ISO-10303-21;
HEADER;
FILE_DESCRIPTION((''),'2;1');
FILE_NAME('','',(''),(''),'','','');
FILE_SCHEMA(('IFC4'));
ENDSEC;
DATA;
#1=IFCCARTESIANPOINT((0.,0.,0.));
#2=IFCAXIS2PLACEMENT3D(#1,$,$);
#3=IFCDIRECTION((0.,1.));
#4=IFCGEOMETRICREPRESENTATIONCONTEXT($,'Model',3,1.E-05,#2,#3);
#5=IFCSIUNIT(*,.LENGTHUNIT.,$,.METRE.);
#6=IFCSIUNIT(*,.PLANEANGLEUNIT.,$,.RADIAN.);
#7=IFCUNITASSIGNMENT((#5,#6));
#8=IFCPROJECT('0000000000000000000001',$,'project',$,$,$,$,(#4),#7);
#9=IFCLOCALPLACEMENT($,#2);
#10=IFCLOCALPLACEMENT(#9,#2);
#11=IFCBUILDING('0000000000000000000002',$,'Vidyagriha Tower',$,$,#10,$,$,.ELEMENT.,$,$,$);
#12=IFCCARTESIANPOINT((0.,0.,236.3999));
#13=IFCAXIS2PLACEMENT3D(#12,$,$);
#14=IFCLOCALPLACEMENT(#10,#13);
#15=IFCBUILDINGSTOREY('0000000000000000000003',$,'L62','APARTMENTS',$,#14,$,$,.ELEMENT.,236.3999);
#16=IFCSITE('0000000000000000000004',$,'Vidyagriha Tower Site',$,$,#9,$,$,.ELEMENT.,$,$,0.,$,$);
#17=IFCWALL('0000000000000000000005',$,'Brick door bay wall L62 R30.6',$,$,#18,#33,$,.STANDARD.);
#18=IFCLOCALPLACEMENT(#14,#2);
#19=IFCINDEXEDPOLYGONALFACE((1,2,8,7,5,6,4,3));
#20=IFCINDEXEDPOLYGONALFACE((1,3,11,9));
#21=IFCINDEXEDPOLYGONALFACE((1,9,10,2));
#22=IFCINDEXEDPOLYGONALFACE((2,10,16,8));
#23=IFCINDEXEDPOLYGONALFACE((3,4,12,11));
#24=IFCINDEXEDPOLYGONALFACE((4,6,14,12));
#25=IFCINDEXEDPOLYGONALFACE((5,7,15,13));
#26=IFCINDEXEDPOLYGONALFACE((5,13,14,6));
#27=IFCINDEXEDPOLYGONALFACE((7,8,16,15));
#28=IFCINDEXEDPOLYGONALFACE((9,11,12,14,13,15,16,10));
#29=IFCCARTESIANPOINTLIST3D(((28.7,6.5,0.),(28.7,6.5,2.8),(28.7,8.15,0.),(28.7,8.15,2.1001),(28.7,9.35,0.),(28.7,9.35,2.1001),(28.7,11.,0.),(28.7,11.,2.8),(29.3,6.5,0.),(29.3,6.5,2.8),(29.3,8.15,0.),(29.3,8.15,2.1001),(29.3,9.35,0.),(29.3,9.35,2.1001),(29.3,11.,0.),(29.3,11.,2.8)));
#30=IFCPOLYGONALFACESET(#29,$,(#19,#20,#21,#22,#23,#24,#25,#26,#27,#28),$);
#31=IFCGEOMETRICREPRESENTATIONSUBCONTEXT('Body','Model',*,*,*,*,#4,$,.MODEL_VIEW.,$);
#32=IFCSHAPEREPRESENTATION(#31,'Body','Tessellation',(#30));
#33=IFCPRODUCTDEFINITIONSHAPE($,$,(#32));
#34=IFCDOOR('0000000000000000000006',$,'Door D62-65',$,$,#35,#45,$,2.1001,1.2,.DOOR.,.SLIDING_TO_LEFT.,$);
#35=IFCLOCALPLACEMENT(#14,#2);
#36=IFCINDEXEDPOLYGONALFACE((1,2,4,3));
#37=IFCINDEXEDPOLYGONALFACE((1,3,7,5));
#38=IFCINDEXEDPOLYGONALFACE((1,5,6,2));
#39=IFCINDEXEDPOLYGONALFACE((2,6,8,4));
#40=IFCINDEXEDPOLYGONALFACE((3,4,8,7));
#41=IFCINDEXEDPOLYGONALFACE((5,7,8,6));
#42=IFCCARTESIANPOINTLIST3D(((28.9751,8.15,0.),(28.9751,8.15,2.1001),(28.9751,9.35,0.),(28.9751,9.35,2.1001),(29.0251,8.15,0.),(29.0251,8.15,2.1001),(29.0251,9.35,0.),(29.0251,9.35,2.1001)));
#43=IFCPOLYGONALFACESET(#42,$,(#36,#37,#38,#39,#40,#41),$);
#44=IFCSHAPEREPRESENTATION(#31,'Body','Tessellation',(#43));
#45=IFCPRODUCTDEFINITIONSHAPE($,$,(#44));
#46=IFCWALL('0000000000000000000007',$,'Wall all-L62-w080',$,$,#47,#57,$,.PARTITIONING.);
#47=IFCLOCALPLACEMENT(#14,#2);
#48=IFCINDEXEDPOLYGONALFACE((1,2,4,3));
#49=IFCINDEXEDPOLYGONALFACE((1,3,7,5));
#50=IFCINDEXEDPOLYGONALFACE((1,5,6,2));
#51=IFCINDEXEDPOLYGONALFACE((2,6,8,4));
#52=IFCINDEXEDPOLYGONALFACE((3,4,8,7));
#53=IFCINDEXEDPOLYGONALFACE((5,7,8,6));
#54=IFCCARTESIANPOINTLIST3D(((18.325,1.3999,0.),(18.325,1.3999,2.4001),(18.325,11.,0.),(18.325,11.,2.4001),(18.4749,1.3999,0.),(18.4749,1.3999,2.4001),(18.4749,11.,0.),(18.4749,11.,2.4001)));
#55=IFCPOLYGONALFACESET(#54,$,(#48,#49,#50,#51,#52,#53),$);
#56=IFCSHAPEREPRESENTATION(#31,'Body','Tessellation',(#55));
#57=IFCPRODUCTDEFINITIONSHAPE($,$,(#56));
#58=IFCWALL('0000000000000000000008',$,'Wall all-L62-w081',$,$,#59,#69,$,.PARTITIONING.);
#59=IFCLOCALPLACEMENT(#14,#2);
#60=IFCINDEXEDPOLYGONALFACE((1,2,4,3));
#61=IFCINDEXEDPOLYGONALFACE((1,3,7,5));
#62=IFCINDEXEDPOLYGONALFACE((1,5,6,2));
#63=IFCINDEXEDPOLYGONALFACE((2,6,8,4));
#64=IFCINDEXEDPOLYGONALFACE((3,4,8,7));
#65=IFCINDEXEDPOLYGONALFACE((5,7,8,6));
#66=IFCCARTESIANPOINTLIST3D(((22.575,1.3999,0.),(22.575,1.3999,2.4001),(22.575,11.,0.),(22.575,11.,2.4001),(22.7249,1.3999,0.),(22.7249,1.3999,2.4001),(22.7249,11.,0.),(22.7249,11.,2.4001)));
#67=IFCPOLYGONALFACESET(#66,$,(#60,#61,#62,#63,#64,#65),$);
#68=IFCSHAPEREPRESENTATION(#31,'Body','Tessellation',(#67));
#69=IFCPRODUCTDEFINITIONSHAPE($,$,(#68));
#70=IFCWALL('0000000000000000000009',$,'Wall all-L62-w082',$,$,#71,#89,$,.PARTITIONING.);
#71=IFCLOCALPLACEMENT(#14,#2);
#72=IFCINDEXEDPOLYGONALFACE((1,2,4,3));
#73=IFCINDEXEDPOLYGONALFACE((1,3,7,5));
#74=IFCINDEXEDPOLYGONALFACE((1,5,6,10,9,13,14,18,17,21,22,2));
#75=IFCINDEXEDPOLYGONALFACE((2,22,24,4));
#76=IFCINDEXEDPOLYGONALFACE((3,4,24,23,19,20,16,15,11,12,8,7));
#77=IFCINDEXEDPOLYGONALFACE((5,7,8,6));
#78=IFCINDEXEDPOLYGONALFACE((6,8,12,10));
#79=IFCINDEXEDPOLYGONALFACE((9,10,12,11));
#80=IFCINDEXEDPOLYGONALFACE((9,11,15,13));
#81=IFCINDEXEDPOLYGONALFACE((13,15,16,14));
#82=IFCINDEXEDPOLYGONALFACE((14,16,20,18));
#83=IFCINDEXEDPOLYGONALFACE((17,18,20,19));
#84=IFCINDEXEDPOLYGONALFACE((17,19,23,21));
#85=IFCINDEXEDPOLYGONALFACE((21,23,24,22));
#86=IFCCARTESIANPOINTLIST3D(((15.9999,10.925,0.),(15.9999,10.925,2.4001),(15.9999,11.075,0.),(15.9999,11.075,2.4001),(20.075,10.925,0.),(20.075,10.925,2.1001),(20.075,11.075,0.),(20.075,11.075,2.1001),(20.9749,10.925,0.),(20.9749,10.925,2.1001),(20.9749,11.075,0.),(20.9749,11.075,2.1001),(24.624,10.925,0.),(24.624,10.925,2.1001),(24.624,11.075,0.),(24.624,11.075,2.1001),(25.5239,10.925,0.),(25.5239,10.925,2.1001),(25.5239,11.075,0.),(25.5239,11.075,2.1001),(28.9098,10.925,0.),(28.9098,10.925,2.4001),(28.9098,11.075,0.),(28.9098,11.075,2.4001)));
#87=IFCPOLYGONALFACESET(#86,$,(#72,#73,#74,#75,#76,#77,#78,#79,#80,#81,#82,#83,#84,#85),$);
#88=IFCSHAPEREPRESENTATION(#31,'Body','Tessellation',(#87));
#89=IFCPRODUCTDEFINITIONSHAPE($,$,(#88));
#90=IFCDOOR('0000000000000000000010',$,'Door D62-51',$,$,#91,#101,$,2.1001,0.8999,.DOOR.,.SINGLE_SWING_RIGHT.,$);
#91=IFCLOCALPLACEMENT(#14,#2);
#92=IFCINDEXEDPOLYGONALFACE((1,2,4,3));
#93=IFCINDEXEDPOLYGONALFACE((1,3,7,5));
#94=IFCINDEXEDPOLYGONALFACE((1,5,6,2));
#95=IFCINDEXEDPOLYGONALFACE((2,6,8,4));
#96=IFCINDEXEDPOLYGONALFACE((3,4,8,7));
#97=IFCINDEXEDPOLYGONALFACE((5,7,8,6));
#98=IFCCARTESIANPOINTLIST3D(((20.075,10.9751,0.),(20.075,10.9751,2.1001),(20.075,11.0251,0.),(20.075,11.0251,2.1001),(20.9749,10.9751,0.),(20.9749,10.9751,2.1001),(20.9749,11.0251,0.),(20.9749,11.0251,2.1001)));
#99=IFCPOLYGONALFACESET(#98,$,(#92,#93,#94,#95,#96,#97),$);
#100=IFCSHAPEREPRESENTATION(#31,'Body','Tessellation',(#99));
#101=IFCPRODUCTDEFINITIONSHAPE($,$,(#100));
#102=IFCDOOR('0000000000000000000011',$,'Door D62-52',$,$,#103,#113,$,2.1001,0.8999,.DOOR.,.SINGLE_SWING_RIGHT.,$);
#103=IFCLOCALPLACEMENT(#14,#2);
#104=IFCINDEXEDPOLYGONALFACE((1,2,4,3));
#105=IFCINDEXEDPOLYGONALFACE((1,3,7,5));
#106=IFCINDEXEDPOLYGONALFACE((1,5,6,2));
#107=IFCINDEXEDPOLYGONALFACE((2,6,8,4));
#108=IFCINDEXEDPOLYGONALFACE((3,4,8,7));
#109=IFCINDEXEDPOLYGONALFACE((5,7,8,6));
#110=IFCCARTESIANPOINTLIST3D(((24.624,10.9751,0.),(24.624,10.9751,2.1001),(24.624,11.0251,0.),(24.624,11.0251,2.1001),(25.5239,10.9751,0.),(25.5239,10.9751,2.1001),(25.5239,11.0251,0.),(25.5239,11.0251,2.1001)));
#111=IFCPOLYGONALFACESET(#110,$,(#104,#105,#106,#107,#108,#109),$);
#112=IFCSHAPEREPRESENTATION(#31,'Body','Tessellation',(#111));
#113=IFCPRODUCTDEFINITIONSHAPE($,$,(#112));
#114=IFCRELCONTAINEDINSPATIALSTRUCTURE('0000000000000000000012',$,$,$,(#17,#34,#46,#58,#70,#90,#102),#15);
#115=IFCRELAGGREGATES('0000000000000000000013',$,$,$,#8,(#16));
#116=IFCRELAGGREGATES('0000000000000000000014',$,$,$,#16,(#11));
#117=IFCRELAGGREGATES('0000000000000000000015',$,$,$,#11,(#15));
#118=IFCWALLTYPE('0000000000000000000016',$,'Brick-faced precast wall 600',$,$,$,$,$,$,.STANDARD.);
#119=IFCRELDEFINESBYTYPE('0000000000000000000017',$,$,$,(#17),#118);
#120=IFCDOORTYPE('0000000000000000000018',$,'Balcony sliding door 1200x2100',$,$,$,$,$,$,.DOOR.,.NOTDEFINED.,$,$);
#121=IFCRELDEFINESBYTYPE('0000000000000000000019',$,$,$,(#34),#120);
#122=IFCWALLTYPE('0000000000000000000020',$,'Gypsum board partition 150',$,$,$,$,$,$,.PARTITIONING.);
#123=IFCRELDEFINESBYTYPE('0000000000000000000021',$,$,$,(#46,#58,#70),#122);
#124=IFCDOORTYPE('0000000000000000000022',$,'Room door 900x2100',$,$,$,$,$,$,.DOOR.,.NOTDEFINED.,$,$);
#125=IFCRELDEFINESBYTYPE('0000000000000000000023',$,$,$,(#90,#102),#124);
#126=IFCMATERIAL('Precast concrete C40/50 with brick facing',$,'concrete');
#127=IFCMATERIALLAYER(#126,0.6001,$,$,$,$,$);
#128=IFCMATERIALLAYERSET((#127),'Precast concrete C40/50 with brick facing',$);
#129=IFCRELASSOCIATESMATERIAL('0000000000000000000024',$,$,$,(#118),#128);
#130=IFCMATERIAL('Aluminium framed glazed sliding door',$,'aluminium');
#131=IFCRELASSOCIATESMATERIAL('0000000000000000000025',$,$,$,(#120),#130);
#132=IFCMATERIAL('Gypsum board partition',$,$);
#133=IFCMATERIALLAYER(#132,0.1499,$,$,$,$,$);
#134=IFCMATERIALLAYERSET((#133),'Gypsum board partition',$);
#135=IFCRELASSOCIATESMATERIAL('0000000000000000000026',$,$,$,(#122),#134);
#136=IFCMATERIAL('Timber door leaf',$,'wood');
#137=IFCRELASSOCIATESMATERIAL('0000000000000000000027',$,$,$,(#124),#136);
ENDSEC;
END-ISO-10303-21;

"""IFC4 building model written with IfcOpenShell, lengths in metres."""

from ifc_helpers import new_model, si_unit, direction, frame, frame_2d, origin, place, context, subcontext, project, spatial, rectangle, extrude, material, layer, layer_set, type_object, element, fill, save


model = new_model("IFC4")

# Units and contexts
model_context = context("Model", 3, precision=1e-05, world=origin(), true_north=direction((0.0, 1.0)))
body_context = subcontext(model_context, "Body", "Model", "MODEL_VIEW")
ifc_project = project(units=[si_unit("LENGTHUNIT", "METRE"), si_unit("PLANEANGLEUNIT", "RADIAN")], contexts=[model_context])

# Site, building, storey
site_placement = place(None, origin())
site = spatial("IfcSite", under=ifc_project, at=site_placement, Name="Vidyagriha Tower Site", CompositionType="ELEMENT", RefElevation=0.0)
building_placement = place(site_placement, origin())
building = spatial("IfcBuilding", under=site, at=building_placement, Name="Vidyagriha Tower", CompositionType="ELEMENT")
storey_placement = place(building_placement, frame((0.0, 0.0, 236.3999)))
storey = spatial("IfcBuildingStorey", under=building, at=storey_placement, Name="L62", Description="APARTMENTS", CompositionType="ELEMENT", Elevation=236.3999)

# Wall, opening, door
ifc_material_1 = material(Name="Precast concrete C40/50 with brick facing", Category="concrete")
ifc_layer_1 = layer(ifc_material_1, 0.6001)
ifc_layer_set_1 = layer_set([ifc_layer_1], Name="Precast concrete C40/50 with brick facing")
wall_type_1 = type_object("IfcWallType", Name="Brick-faced precast wall 600", PredefinedType="STANDARD", material=ifc_layer_set_1)
wall_1_placement = place(storey_placement, frame((29.0, 6.5, 0.0), z_axis=(0.0, 0.0, 1.0), x_axis=(0.0, 1.0, 0.0)))
wall_1 = element("IfcWall", 1, at=wall_1_placement, inside=storey, type_object=wall_type_1, Name="Brick door bay wall L62 R30.6", PredefinedType="STANDARD", context=body_context, shape_type="SweptSolid", body=[
    extrude(rectangle(XDim=4.5, YDim=0.6001, at=frame_2d((2.25, 0.0))), origin(), (0.0, 0.0, 1.0), 2.8),
])
opening_1_placement = place(wall_1_placement, frame((1.6499, 0.0, 0.0)))
opening_1 = element("IfcOpeningElement", 2, at=opening_1_placement, cuts=wall_1, PredefinedType="OPENING", context=body_context, shape_type="SweptSolid", body=[
    extrude(rectangle(XDim=1.2, YDim=2.1001, at=frame_2d((0.6001, 1.05))), frame((0.0, 0.3101, 0.0), z_axis=(0.0, -1.0, 0.0), x_axis=(1.0, 0.0, 0.0)), (0.0, 0.0, 1.0), 0.6201),
])
ifc_material_2 = material(Name="Aluminium framed glazed sliding door", Category="aluminium")
door_type_1 = type_object("IfcDoorType", Name="Balcony sliding door 1200x2100", OperationType="NOTDEFINED", PredefinedType="DOOR", material=ifc_material_2)
door_1_placement = place(opening_1_placement, origin())
door_1 = element("IfcDoor", 3, at=door_1_placement, inside=storey, type_object=door_type_1, Name="Door D62-65", OperationType="SLIDING_TO_LEFT", OverallHeight=2.1001, OverallWidth=1.2, PredefinedType="DOOR", context=body_context, shape_type="SweptSolid", body=[
    extrude(rectangle(XDim=1.2, YDim=2.1001, at=frame_2d((0.6001, 1.05))), frame((0.0, 0.0249, 0.0), z_axis=(0.0, -1.0, 0.0), x_axis=(1.0, 0.0, 0.0)), (0.0, 0.0, 1.0), 0.05),
])
fill(opening_1, door_1)

# Walls
ifc_material_3 = material(Name="Gypsum board partition")
ifc_layer_2 = layer(ifc_material_3, 0.1499)
ifc_layer_set_2 = layer_set([ifc_layer_2], Name="Gypsum board partition")
wall_type_2 = type_object("IfcWallType", Name="Gypsum board partition 150", PredefinedType="PARTITIONING", material=ifc_layer_set_2)
for number, where, z_axis, x_axis, name in (
    (4, (18.3999, 11.0, 0.0), (0.0, 0.0, 1.0), (0.0, -1.0, 0.0), "Wall all-L62-w080"),
    (5, (22.6499, 11.0, 0.0), (0.0, 0.0, 1.0), (0.0, -1.0, 0.0), "Wall all-L62-w081"),
):
    element("IfcWall", number, at=place(storey_placement, frame(where, z_axis=z_axis, x_axis=x_axis)), inside=storey, type_object=wall_type_2, Name=name, PredefinedType="PARTITIONING", context=body_context, shape_type="SweptSolid", body=[
        extrude(rectangle(XDim=9.6001, YDim=0.1499, at=frame_2d((4.8, 0.0))), origin(), (0.0, 0.0, 1.0), 2.4001),
    ])

# Wall, openings, doors
wall_2_placement = place(storey_placement, frame((28.9099, 11.0, 0.0), z_axis=(0.0, 0.0, 1.0), x_axis=(-1.0, 0.0, 0.0)))
wall_2 = element("IfcWall", 6, at=wall_2_placement, inside=storey, type_object=wall_type_2, Name="Wall all-L62-w082", PredefinedType="PARTITIONING", context=body_context, shape_type="SweptSolid", body=[
    extrude(rectangle(XDim=12.9099, YDim=0.1499, at=frame_2d((6.4551, 0.0))), origin(), (0.0, 0.0, 1.0), 2.4001),
])
opening_2_placement = place(wall_2_placement, frame((7.9351, 0.0, 0.0)))
opening_2 = element("IfcOpeningElement", 7, at=opening_2_placement, cuts=wall_2, PredefinedType="OPENING", context=body_context, shape_type="SweptSolid", body=[
    extrude(rectangle(XDim=0.8999, YDim=2.1001, at=frame_2d((0.45, 1.05))), frame((0.0, 0.085, 0.0), z_axis=(0.0, -1.0, 0.0), x_axis=(1.0, 0.0, 0.0)), (0.0, 0.0, 1.0), 0.1699),
])
opening_3_placement = place(wall_2_placement, frame((3.386, 0.0, 0.0)))
opening_3 = element("IfcOpeningElement", 8, at=opening_3_placement, cuts=wall_2, PredefinedType="OPENING", context=body_context, shape_type="SweptSolid", body=[
    extrude(rectangle(XDim=0.8999, YDim=2.1001, at=frame_2d((0.45, 1.05))), frame((0.0, 0.085, 0.0), z_axis=(0.0, -1.0, 0.0), x_axis=(1.0, 0.0, 0.0)), (0.0, 0.0, 1.0), 0.1699),
])
ifc_material_4 = material(Name="Timber door leaf", Category="wood")
door_type_2 = type_object("IfcDoorType", Name="Room door 900x2100", OperationType="NOTDEFINED", PredefinedType="DOOR", material=ifc_material_4)
door_2_placement = place(opening_2_placement, origin())
door_2 = element("IfcDoor", 9, at=door_2_placement, inside=storey, type_object=door_type_2, Name="Door D62-51", OperationType="SINGLE_SWING_RIGHT", OverallHeight=2.1001, OverallWidth=0.8999, PredefinedType="DOOR", context=body_context, shape_type="SweptSolid", body=[
    extrude(rectangle(XDim=0.8999, YDim=2.1001, at=frame_2d((0.45, 1.05))), frame((0.0, 0.0249, 0.0), z_axis=(0.0, -1.0, 0.0), x_axis=(1.0, 0.0, 0.0)), (0.0, 0.0, 1.0), 0.05),
])
fill(opening_2, door_2)
door_3_placement = place(opening_3_placement, origin())
door_3 = element("IfcDoor", 10, at=door_3_placement, inside=storey, type_object=door_type_2, Name="Door D62-52", OperationType="SINGLE_SWING_RIGHT", OverallHeight=2.1001, OverallWidth=0.8999, PredefinedType="DOOR", context=body_context, shape_type="SweptSolid", body=[
    extrude(rectangle(XDim=0.8999, YDim=2.1001, at=frame_2d((0.45, 1.05))), frame((0.0, 0.0249, 0.0), z_axis=(0.0, -1.0, 0.0), x_axis=(1.0, 0.0, 0.0)), (0.0, 0.0, 1.0), 0.05),
])
fill(opening_3, door_3)

save(model, "model.ifc")
